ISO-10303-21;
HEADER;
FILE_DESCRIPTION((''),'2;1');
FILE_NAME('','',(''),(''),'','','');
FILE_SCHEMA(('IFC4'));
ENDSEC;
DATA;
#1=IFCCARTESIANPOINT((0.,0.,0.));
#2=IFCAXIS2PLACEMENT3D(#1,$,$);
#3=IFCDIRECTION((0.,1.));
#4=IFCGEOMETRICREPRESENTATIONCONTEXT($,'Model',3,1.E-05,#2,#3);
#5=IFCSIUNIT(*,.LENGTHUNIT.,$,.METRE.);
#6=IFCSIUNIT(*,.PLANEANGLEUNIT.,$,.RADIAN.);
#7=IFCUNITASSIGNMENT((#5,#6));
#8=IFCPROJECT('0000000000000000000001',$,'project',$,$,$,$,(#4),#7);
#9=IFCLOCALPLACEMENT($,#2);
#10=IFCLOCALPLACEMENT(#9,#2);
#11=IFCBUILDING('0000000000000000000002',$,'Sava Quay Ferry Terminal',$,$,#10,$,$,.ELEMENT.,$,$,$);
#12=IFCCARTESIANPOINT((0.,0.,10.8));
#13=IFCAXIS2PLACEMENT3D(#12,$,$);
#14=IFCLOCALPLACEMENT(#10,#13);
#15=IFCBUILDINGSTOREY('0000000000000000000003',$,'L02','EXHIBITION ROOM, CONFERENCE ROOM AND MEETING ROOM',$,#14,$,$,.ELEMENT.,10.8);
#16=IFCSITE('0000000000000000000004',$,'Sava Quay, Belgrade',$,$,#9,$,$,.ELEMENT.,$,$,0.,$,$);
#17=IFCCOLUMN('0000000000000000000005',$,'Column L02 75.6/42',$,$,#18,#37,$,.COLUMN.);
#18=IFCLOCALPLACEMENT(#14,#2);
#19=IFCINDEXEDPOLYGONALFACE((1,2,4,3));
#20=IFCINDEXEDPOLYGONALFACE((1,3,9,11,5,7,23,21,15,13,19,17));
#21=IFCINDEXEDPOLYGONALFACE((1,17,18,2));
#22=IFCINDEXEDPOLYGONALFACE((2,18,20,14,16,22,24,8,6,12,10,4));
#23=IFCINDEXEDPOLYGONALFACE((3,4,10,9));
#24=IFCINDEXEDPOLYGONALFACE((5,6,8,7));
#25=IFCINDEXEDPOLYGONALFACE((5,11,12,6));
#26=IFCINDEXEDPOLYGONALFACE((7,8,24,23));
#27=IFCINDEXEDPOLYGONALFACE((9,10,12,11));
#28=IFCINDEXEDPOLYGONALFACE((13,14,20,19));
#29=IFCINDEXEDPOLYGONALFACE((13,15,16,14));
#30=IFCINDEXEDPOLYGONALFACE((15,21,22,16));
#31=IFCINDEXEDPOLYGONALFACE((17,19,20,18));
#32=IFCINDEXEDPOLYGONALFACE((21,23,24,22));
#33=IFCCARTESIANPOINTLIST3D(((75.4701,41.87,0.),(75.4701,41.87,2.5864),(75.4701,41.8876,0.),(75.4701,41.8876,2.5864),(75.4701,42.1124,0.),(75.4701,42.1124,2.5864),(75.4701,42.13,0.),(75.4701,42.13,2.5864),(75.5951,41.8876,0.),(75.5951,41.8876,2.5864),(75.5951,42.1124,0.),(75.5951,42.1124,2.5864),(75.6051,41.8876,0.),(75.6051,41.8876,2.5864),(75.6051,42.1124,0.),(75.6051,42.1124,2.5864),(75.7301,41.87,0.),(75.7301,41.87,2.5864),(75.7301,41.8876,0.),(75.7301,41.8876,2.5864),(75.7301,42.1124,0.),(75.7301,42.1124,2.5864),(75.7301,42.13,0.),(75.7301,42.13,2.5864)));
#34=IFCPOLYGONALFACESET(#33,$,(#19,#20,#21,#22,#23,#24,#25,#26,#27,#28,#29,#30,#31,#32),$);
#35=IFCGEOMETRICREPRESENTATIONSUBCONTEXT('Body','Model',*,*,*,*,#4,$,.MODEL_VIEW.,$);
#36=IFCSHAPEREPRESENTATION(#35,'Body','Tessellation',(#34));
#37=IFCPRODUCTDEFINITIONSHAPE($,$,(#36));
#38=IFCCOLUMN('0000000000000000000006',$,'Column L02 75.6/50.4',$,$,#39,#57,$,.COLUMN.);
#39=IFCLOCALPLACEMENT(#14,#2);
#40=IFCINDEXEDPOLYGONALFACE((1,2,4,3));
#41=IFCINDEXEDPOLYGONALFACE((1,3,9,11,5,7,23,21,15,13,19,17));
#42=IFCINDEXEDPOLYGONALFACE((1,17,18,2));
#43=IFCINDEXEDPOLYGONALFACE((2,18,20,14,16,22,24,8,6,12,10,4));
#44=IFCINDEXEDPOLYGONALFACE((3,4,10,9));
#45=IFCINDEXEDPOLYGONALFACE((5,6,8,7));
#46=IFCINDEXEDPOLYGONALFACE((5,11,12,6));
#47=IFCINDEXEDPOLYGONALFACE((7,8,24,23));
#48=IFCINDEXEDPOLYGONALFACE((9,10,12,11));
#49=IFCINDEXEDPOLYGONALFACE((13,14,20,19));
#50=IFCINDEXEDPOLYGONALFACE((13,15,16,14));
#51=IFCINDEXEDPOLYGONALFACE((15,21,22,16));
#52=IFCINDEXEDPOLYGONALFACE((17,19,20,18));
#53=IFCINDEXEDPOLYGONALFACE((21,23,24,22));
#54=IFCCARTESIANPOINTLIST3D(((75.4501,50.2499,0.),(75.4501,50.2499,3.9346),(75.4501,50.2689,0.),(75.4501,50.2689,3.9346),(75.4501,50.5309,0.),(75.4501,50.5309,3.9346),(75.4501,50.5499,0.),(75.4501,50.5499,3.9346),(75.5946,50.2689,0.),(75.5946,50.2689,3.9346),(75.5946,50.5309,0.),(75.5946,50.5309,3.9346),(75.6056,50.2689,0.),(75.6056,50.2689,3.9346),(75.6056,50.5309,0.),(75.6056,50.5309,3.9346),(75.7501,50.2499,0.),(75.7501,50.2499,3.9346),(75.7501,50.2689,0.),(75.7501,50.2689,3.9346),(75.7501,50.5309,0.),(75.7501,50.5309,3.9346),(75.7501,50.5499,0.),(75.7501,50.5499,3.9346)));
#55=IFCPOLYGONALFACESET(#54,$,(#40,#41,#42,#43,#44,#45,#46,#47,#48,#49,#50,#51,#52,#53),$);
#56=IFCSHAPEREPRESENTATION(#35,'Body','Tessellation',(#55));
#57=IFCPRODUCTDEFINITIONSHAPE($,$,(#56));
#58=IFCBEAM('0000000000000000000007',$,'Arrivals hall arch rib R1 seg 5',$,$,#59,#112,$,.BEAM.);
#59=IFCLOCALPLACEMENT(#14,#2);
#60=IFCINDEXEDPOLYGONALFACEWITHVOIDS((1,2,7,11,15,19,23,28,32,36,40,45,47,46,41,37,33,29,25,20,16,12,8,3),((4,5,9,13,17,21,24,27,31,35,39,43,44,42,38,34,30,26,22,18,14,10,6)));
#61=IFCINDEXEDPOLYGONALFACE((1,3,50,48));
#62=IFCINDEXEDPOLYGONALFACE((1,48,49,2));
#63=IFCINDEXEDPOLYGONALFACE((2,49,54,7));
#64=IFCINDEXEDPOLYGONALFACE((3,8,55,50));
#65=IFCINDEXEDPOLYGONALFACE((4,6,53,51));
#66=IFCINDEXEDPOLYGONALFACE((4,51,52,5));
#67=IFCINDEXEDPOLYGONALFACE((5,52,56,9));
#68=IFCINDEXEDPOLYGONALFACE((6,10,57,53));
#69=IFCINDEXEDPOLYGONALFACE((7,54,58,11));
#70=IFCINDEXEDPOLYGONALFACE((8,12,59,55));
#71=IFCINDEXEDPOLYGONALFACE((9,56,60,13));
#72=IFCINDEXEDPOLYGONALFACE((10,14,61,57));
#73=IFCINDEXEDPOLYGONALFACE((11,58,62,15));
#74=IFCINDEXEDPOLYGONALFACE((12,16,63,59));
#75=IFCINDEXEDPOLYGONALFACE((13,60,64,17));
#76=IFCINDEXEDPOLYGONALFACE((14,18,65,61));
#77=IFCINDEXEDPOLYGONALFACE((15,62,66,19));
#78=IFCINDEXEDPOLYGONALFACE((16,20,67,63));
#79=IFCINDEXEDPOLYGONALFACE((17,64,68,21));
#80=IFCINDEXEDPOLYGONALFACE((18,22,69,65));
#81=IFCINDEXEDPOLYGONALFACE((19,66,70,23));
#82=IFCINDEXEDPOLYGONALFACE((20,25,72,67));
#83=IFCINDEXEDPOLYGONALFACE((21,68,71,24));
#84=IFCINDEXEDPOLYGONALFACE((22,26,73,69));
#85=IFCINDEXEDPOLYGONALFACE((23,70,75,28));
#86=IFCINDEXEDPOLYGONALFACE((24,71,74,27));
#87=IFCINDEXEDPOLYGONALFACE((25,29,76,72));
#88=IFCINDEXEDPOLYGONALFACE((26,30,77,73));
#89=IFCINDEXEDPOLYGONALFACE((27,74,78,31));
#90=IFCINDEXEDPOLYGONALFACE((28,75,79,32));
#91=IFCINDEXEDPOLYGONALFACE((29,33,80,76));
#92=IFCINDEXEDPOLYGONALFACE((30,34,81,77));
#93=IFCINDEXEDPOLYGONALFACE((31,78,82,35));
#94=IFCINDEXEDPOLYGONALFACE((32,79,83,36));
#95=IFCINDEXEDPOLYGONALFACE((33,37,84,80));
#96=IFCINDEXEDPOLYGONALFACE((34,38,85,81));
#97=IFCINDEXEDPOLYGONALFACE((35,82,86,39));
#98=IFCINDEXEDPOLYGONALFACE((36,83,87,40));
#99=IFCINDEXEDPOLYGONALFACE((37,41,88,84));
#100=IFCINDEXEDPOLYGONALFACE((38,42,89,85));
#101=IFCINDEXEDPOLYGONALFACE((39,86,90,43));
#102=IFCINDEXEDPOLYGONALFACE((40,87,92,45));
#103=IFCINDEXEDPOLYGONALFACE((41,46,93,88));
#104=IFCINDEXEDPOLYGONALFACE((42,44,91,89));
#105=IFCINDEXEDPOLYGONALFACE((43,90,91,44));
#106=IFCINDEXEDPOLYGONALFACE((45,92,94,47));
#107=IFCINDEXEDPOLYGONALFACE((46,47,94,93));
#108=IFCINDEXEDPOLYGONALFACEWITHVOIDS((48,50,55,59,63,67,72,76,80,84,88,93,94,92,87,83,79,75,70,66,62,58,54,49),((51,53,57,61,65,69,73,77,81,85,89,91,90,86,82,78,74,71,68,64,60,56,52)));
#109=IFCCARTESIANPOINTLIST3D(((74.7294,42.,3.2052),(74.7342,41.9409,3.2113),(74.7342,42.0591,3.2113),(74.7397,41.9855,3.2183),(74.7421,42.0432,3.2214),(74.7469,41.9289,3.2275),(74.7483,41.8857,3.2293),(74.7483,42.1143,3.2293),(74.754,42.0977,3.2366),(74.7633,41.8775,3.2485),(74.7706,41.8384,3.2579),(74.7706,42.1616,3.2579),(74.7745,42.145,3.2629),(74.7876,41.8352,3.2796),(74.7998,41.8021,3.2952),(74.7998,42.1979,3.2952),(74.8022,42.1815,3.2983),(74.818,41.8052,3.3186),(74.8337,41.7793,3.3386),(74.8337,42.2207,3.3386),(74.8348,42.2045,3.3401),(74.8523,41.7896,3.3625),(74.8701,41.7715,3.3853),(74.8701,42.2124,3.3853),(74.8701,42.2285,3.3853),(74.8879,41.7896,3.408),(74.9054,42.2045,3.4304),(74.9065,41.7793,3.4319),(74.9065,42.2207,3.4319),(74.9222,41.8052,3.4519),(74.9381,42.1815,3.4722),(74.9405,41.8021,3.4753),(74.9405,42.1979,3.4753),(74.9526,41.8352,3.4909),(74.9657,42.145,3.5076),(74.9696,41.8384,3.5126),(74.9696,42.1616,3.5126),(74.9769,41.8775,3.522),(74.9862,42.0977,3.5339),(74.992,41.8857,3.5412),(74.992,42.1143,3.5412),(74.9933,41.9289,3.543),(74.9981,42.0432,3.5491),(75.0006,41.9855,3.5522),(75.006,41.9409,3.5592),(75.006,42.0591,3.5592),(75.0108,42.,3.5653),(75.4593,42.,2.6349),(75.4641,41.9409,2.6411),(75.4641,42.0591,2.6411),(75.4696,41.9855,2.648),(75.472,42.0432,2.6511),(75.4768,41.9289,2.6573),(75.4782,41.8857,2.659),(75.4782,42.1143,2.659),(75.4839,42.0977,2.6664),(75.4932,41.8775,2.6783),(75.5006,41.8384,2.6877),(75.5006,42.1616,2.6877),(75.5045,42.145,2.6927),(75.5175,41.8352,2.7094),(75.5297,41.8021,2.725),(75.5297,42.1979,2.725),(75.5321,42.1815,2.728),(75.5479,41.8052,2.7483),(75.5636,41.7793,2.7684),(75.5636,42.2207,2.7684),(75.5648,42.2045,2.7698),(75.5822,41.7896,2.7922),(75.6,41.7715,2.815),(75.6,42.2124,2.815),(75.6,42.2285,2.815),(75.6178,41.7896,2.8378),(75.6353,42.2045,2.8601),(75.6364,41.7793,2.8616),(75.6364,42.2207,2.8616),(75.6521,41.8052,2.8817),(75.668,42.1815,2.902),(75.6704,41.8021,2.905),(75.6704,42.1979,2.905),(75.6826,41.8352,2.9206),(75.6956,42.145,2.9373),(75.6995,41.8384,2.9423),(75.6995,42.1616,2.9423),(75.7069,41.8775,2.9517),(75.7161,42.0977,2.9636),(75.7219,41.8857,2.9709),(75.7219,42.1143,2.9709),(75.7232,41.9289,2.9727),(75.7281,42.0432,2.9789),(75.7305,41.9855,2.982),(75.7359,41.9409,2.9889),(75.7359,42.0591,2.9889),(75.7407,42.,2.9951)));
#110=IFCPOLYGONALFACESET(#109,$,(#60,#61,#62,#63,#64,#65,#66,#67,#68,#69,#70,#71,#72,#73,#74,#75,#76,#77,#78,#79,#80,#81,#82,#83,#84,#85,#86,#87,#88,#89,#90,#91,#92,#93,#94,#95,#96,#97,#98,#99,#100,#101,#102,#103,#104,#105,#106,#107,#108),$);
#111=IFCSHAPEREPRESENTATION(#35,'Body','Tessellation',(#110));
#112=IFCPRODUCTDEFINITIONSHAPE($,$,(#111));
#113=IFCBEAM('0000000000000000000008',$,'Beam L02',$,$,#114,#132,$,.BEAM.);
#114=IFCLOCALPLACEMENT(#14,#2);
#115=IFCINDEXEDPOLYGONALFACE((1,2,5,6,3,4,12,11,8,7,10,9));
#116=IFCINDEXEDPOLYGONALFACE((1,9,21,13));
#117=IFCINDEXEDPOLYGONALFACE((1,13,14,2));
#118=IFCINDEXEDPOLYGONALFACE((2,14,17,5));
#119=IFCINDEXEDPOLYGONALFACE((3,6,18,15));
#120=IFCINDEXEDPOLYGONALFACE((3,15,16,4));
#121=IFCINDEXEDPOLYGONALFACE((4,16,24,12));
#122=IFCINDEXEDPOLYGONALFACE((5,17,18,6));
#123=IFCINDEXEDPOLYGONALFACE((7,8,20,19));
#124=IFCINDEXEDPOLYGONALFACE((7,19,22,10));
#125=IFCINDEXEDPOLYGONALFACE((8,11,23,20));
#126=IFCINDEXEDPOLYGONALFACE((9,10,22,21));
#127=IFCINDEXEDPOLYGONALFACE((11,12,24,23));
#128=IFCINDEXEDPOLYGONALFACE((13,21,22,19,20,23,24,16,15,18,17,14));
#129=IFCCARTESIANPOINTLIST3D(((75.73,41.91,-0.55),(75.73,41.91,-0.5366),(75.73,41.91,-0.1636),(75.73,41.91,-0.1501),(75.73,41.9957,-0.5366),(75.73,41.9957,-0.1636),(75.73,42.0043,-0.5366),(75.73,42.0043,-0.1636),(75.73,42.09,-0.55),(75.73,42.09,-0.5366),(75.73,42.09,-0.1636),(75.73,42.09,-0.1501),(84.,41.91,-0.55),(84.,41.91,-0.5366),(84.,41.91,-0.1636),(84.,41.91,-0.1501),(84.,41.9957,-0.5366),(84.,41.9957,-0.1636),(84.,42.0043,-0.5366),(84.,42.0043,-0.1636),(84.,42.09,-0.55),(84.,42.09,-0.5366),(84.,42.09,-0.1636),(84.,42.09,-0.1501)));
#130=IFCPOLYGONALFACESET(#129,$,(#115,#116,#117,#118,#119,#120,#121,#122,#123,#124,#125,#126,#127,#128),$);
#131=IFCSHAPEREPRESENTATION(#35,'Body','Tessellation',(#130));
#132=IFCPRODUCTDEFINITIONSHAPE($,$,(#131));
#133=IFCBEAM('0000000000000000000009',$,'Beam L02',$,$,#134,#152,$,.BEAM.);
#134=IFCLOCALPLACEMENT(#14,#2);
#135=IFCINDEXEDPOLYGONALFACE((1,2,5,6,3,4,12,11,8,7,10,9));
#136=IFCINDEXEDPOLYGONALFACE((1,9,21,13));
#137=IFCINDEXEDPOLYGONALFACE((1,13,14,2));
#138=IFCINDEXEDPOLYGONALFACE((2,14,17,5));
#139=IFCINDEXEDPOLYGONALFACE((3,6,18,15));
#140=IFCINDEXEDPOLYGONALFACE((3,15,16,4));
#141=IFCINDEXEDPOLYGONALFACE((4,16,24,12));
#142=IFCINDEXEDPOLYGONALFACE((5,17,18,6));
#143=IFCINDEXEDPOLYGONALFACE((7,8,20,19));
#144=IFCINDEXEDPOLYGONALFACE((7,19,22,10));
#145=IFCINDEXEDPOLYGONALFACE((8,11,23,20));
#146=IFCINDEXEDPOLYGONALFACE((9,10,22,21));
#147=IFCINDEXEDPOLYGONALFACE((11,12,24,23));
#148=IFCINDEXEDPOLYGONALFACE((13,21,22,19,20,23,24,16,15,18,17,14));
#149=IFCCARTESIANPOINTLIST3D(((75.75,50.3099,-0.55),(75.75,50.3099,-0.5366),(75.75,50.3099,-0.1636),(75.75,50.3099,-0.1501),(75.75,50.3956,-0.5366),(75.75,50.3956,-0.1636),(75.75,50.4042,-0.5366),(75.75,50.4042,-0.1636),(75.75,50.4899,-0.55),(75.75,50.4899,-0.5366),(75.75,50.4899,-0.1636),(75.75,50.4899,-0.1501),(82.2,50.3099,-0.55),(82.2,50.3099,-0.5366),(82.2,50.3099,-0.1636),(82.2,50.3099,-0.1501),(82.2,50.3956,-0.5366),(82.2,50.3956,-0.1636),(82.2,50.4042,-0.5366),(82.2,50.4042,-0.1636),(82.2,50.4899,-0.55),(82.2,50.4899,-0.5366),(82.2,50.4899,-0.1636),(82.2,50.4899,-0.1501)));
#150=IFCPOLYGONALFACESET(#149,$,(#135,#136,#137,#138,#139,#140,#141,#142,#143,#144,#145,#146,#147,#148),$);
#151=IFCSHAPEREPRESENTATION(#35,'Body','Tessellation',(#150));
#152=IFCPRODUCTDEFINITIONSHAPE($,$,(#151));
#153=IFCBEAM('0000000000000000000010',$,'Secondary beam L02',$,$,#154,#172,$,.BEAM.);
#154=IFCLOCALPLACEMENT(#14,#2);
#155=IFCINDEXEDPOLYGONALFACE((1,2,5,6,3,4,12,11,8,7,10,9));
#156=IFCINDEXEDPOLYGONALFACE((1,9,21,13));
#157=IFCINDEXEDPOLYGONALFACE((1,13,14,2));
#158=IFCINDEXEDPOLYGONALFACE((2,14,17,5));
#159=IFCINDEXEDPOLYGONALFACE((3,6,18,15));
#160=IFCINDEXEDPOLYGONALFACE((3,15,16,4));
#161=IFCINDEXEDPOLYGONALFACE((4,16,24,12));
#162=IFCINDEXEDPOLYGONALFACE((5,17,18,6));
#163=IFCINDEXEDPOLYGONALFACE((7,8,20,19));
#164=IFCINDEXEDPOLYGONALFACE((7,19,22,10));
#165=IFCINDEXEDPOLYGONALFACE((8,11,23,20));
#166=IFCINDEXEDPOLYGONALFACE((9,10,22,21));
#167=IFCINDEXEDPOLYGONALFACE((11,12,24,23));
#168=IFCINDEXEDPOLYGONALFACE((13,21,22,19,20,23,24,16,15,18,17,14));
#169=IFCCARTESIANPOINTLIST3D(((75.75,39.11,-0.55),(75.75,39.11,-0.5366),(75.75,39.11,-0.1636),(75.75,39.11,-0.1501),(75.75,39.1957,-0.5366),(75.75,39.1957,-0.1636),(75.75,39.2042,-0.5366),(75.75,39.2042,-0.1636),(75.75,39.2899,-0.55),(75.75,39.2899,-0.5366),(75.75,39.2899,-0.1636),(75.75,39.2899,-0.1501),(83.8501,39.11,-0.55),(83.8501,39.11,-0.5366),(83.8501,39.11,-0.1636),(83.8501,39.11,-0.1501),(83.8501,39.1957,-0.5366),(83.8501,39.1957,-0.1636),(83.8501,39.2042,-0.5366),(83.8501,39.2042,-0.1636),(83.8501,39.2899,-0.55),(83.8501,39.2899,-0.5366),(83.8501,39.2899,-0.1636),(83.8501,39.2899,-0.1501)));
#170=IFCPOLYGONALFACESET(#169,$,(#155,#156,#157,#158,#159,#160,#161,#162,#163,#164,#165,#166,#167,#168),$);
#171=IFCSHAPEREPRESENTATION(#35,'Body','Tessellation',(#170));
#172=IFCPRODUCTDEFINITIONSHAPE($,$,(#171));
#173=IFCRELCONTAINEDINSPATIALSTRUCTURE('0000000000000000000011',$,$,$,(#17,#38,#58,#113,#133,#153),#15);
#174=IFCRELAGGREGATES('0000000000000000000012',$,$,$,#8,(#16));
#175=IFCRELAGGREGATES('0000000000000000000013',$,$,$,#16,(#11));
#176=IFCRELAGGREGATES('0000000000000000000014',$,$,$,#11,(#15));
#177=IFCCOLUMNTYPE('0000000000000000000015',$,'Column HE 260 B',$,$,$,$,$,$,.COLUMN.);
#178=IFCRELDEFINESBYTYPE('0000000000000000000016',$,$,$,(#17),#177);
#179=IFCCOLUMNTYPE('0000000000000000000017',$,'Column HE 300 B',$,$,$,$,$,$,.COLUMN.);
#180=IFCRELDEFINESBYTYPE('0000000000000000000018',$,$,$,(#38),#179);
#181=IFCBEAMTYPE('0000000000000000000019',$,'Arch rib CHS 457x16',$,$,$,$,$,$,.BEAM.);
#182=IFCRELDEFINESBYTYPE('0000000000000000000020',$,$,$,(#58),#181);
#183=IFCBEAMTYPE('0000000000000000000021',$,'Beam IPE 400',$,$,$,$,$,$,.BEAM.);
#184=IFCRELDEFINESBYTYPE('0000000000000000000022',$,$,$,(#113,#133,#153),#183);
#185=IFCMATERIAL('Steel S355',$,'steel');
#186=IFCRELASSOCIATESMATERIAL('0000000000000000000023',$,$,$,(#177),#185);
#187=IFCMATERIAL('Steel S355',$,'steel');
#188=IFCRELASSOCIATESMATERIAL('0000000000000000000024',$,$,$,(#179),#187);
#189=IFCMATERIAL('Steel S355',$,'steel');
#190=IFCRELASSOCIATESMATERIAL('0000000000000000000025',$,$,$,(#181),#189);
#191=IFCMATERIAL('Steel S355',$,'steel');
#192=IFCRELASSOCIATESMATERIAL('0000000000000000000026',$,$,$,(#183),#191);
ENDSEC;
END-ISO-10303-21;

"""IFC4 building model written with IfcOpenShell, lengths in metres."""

from ifc_helpers import new_model, si_unit, direction, frame, origin, origin_2d, place, context, subcontext, project, spatial, hollow_circle, i_section, extrude, material, material_profile, profile_set, type_object, element, save


model = new_model("IFC4")

# Units and contexts
model_context = context("Model", 3, precision=1e-05, world=origin(), true_north=direction((0.0, 1.0)))
body_context = subcontext(model_context, "Body", "Model", "MODEL_VIEW")
ifc_project = project(units=[si_unit("LENGTHUNIT", "METRE"), si_unit("PLANEANGLEUNIT", "RADIAN")], contexts=[model_context])

# Site, building, storey
site_placement = place(None, origin())
site = spatial("IfcSite", under=ifc_project, at=site_placement, Name="Sava Quay, Belgrade", CompositionType="ELEMENT", RefElevation=0.0)
building_placement = place(site_placement, origin())
building = spatial("IfcBuilding", under=site, at=building_placement, Name="Sava Quay Ferry Terminal", CompositionType="ELEMENT")
storey_placement = place(building_placement, frame((0.0, 0.0, 10.8)))
storey = spatial("IfcBuildingStorey", under=building, at=storey_placement, Name="L02", Description="EXHIBITION ROOM, CONFERENCE ROOM AND MEETING ROOM", CompositionType="ELEMENT", Elevation=10.8)

# Columns
ifc_material_1 = material(Name="Steel S355", Category="steel")
ifc_material_profile_1 = material_profile(ifc_material_1, i_section(OverallWidth=0.26, OverallDepth=0.26, WebThickness=0.01, FlangeThickness=0.0176, at=origin_2d()), Name="HE 260 B")
ifc_profile_set_1 = profile_set([ifc_material_profile_1], Name="Steel S355")
column_type_1 = type_object("IfcColumnType", Name="Column HE 260 B", PredefinedType="COLUMN", material=ifc_profile_set_1)
column_1_placement = place(storey_placement, frame((75.6001, 42.0, 0.0), z_axis=(0.0, 0.0, 1.0), x_axis=(1.0, 0.0, 0.0)))
element("IfcColumn", 1, at=column_1_placement, inside=storey, type_object=column_type_1, Name="Column L02 75.6/42", PredefinedType="COLUMN", context=body_context, shape_type="SweptSolid", body=[
    extrude(i_section(OverallWidth=0.26, OverallDepth=0.26, WebThickness=0.01, FlangeThickness=0.0176, at=origin_2d()), origin(), (0.0, 0.0, 1.0), 2.5864),
])
ifc_material_2 = material(Name="Steel S355", Category="steel")
ifc_material_profile_2 = material_profile(ifc_material_2, i_section(OverallWidth=0.3, OverallDepth=0.3, WebThickness=0.011, FlangeThickness=0.019, at=origin_2d()), Name="HE 300 B")
ifc_profile_set_2 = profile_set([ifc_material_profile_2], Name="Steel S355")
column_type_2 = type_object("IfcColumnType", Name="Column HE 300 B", PredefinedType="COLUMN", material=ifc_profile_set_2)
column_2_placement = place(storey_placement, frame((75.6001, 50.3999, 0.0), z_axis=(0.0, 0.0, 1.0), x_axis=(1.0, 0.0, 0.0)))
element("IfcColumn", 2, at=column_2_placement, inside=storey, type_object=column_type_2, Name="Column L02 75.6/50.4", PredefinedType="COLUMN", context=body_context, shape_type="SweptSolid", body=[
    extrude(i_section(OverallWidth=0.3, OverallDepth=0.3, WebThickness=0.011, FlangeThickness=0.019, at=origin_2d()), origin(), (0.0, 0.0, 1.0), 3.9346),
])

# Beams
ifc_material_3 = material(Name="Steel S355", Category="steel")
ifc_material_profile_3 = material_profile(ifc_material_3, hollow_circle(Radius=0.2285, WallThickness=0.0161, at=origin_2d()), Name="CHS 457 x 16.0")
ifc_profile_set_3 = profile_set([ifc_material_profile_3], Name="Steel S355")
beam_type_1 = type_object("IfcBeamType", Name="Arch rib CHS 457x16", PredefinedType="BEAM", material=ifc_profile_set_3)
beam_1_placement = place(storey_placement, frame((74.8701, 42.0, 3.3853), z_axis=(0.788016, 0.0, -0.615654), x_axis=(0.0, 1.0, 0.0)))
element("IfcBeam", 3, at=beam_1_placement, inside=storey, type_object=beam_type_1, Name="Arrivals hall arch rib R1 seg 5", PredefinedType="BEAM", context=body_context, shape_type="SweptSolid", body=[
    extrude(hollow_circle(Radius=0.2285, WallThickness=0.0161, at=origin_2d()), origin(), (0.0, 0.0, 1.0), 0.9263),
])
ifc_material_4 = material(Name="Steel S355", Category="steel")
ifc_material_profile_4 = material_profile(ifc_material_4, i_section(OverallWidth=0.1799, OverallDepth=0.3999, WebThickness=0.0085, FlangeThickness=0.0134, at=origin_2d()), Name="IPE 400")
ifc_profile_set_4 = profile_set([ifc_material_profile_4], Name="Steel S355")
beam_type_2 = type_object("IfcBeamType", Name="Beam IPE 400", PredefinedType="BEAM", material=ifc_profile_set_4)
beam_2_placement = place(storey_placement, frame((75.73, 42.0, -0.3501), z_axis=(1.0, 0.0, 0.0), x_axis=(0.0, 1.0, 0.0)))
element("IfcBeam", 4, at=beam_2_placement, inside=storey, type_object=beam_type_2, Name="Beam L02", PredefinedType="BEAM", context=body_context, shape_type="SweptSolid", body=[
    extrude(i_section(OverallWidth=0.1799, OverallDepth=0.3999, WebThickness=0.0085, FlangeThickness=0.0134, at=origin_2d()), origin(), (0.0, 0.0, 1.0), 8.27),
])
beam_3_placement = place(storey_placement, frame((75.75, 50.3999, -0.3501), z_axis=(1.0, 0.0, 0.0), x_axis=(0.0, 1.0, 0.0)))
element("IfcBeam", 5, at=beam_3_placement, inside=storey, type_object=beam_type_2, Name="Beam L02", PredefinedType="BEAM", context=body_context, shape_type="SweptSolid", body=[
    extrude(i_section(OverallWidth=0.1799, OverallDepth=0.3999, WebThickness=0.0085, FlangeThickness=0.0134, at=origin_2d()), origin(), (0.0, 0.0, 1.0), 6.45),
])
beam_4_placement = place(storey_placement, frame((75.75, 39.2, -0.3501), z_axis=(1.0, 0.0, 0.0), x_axis=(0.0, 1.0, 0.0)))
element("IfcBeam", 6, at=beam_4_placement, inside=storey, type_object=beam_type_2, Name="Secondary beam L02", PredefinedType="BEAM", context=body_context, shape_type="SweptSolid", body=[
    extrude(i_section(OverallWidth=0.1799, OverallDepth=0.3999, WebThickness=0.0085, FlangeThickness=0.0134, at=origin_2d()), origin(), (0.0, 0.0, 1.0), 8.1001),
])

save(model, "model.ifc")
